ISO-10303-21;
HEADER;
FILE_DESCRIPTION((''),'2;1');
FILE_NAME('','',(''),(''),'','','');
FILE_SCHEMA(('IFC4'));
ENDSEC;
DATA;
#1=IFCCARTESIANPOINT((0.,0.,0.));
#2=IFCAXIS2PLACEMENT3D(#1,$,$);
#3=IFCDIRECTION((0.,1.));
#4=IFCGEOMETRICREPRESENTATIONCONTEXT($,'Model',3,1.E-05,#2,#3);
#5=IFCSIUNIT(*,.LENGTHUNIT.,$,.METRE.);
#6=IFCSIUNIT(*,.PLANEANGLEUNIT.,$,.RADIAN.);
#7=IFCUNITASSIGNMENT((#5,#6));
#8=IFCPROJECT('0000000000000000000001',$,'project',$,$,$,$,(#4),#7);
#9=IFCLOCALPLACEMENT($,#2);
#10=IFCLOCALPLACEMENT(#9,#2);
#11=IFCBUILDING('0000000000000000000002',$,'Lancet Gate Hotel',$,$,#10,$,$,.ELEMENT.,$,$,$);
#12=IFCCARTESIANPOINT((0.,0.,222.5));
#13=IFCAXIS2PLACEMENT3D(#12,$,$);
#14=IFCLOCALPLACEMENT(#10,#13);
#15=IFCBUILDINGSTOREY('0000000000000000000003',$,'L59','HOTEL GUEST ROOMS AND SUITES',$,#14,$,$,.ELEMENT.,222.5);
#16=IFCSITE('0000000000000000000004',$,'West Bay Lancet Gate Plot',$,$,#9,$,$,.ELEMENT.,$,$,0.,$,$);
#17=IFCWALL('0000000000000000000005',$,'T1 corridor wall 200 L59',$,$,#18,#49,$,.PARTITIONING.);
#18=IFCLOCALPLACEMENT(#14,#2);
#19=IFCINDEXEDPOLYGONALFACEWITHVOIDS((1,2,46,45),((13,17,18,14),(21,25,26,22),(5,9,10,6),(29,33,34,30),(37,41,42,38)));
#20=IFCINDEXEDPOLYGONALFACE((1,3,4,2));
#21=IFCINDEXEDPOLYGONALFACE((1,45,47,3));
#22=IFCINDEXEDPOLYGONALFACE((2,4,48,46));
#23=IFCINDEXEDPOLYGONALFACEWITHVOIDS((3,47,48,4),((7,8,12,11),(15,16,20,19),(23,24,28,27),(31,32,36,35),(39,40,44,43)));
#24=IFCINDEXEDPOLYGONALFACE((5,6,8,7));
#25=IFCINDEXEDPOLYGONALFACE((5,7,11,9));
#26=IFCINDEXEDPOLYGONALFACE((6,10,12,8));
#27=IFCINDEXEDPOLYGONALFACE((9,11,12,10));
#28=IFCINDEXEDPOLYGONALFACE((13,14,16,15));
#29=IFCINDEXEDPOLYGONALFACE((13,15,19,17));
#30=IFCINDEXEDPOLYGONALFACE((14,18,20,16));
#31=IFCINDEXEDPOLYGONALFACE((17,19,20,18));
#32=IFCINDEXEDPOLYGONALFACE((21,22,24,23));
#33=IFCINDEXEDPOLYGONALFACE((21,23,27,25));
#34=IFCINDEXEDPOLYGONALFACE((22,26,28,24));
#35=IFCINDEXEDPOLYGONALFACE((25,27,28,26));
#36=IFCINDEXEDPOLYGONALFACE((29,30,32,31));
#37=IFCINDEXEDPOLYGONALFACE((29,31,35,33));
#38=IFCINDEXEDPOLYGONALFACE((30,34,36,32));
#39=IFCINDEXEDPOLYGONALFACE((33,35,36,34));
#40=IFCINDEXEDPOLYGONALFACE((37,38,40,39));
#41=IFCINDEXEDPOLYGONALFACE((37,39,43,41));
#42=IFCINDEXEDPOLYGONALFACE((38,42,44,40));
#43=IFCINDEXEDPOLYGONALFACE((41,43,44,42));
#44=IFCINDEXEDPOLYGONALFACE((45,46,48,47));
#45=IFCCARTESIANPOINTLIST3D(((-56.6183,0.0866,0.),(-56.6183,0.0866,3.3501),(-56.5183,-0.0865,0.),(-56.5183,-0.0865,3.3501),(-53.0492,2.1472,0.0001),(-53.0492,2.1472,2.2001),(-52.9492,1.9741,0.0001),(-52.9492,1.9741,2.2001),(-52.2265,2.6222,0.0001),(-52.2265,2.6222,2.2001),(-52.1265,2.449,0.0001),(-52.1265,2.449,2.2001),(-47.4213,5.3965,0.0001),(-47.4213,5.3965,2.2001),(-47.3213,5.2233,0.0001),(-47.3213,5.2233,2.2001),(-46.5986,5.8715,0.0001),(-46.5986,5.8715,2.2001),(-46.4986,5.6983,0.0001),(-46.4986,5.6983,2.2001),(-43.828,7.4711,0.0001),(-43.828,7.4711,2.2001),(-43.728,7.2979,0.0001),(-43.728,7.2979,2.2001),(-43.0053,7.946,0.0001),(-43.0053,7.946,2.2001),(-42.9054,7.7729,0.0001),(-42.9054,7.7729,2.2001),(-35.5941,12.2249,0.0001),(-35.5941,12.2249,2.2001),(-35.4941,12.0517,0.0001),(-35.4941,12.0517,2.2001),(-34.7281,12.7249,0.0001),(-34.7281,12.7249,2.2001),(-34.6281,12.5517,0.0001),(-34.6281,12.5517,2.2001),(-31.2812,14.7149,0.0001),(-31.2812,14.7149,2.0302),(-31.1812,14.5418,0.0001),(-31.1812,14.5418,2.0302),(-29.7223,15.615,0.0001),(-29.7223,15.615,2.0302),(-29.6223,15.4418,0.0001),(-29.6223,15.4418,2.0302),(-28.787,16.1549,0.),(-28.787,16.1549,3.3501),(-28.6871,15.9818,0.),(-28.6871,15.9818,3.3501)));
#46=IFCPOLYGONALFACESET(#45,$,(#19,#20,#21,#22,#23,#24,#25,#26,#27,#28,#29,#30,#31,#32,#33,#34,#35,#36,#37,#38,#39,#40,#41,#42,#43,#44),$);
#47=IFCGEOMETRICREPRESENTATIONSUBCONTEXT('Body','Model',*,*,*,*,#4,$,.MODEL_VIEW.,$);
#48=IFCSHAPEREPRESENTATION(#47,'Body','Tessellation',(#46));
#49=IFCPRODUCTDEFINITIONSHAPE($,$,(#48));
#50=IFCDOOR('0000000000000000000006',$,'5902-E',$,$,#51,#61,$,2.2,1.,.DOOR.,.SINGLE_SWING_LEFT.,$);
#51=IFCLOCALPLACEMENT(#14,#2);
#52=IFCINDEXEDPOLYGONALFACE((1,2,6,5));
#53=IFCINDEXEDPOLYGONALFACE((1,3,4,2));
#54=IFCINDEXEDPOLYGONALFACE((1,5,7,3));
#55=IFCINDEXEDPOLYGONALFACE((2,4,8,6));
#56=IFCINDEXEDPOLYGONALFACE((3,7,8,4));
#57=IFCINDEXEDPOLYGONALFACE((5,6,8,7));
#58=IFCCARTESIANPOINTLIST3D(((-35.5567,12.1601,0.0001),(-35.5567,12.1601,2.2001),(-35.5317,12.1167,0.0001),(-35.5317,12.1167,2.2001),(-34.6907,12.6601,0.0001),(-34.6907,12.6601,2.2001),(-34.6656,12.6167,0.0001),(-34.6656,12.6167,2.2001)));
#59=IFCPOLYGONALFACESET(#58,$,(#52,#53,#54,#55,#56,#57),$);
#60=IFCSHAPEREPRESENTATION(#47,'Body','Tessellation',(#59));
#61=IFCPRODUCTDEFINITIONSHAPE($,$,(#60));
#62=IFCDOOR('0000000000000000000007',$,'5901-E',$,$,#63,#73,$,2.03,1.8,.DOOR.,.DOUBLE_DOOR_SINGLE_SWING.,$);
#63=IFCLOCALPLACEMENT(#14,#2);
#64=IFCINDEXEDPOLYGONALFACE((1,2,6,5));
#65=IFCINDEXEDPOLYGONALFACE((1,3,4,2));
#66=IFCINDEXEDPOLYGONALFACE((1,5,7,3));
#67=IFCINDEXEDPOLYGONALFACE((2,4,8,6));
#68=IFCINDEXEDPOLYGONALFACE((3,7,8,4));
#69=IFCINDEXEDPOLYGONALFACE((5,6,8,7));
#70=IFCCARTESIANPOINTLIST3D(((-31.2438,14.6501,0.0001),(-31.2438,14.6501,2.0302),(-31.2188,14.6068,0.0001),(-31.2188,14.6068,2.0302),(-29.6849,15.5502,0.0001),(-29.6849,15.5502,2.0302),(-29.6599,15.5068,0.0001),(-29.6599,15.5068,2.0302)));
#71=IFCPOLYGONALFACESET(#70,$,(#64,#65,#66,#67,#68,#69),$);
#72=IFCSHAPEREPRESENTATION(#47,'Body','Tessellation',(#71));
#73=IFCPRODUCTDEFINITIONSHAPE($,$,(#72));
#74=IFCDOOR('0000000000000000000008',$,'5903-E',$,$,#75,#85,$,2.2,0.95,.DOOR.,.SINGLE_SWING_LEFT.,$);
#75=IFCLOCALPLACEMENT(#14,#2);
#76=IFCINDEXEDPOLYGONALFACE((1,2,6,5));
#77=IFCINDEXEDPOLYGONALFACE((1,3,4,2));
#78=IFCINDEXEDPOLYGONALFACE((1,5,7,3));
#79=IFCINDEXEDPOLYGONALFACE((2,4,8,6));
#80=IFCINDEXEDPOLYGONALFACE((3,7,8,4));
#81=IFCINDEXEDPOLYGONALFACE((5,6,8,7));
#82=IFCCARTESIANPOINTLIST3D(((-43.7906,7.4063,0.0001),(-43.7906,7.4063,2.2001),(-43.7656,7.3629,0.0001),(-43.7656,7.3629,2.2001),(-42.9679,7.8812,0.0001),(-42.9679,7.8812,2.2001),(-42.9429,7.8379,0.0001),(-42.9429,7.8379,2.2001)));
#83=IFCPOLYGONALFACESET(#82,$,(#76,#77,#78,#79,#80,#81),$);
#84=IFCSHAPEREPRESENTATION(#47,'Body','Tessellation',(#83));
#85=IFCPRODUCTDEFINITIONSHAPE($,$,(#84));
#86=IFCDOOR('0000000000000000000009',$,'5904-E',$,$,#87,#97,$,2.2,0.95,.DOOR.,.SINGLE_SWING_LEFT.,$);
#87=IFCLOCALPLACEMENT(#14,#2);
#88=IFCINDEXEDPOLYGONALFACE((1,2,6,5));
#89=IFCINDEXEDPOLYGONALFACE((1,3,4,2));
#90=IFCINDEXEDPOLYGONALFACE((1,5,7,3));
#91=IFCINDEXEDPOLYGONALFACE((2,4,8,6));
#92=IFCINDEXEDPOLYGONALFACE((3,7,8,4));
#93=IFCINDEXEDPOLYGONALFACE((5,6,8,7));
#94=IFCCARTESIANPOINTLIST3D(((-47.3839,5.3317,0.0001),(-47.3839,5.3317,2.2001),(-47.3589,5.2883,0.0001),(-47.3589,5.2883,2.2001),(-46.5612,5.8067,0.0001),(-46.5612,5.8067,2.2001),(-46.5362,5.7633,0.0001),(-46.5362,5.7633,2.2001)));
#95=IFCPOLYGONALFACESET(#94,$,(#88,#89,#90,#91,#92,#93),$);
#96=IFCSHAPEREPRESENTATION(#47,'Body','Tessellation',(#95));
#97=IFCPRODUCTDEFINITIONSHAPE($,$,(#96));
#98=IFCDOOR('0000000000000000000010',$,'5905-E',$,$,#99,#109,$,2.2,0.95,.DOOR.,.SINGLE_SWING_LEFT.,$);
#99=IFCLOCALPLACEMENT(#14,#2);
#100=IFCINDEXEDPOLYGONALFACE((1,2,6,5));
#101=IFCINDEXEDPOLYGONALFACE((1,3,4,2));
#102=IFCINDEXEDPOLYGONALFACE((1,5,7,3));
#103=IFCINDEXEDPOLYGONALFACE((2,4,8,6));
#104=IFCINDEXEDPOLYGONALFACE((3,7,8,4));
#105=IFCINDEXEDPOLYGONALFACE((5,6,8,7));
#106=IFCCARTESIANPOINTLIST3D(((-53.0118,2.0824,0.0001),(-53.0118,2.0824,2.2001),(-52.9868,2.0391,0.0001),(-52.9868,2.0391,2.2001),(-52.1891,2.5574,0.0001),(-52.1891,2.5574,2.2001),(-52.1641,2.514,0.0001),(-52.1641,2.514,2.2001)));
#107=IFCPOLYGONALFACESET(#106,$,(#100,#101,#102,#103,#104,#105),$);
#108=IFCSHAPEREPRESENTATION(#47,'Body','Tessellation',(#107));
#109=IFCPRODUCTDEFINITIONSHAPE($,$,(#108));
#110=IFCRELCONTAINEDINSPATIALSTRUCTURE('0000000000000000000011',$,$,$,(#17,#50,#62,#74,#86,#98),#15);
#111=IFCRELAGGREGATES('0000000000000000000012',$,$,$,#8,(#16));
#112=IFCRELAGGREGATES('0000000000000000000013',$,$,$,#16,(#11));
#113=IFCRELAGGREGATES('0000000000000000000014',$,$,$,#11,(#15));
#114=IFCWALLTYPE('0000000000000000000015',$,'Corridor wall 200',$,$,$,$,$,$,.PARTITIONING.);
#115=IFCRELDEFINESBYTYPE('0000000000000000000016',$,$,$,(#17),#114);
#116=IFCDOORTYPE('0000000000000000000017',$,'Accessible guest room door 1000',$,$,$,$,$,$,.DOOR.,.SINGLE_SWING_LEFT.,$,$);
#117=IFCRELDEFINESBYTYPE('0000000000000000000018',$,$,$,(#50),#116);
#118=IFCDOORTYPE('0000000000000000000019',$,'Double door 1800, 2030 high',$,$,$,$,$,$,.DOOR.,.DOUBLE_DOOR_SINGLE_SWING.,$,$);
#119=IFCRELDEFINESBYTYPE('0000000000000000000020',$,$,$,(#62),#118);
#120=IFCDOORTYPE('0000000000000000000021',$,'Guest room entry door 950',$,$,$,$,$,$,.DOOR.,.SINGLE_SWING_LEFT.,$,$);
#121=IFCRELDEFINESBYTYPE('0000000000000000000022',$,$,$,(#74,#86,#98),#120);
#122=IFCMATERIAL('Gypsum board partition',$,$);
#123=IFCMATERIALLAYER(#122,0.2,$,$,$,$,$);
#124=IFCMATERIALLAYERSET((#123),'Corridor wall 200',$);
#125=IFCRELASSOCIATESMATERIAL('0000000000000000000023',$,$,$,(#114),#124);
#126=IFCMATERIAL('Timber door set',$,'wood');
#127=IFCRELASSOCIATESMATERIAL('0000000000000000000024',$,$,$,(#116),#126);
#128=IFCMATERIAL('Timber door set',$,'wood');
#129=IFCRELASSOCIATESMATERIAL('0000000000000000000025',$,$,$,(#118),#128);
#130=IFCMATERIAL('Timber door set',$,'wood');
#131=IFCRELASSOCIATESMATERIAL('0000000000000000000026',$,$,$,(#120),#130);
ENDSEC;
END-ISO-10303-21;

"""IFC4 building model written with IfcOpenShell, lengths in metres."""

from ifc_helpers import new_model, si_unit, direction, frame, frame_2d, origin, place, context, subcontext, project, spatial, rectangle, extrude, material, layer, layer_set, type_object, element, fill, save


model = new_model("IFC4")

# Units and contexts
model_context = context("Model", 3, precision=1e-05, world=origin(), true_north=direction((0.0, 1.0)))
body_context = subcontext(model_context, "Body", "Model", "MODEL_VIEW")
ifc_project = project(units=[si_unit("LENGTHUNIT", "METRE"), si_unit("PLANEANGLEUNIT", "RADIAN")], contexts=[model_context])

# Site, building, storey
site_placement = place(None, origin())
site = spatial("IfcSite", under=ifc_project, at=site_placement, Name="West Bay Lancet Gate Plot", CompositionType="ELEMENT", RefElevation=0.0)
building_placement = place(site_placement, origin())
building = spatial("IfcBuilding", under=site, at=building_placement, Name="Lancet Gate Hotel", CompositionType="ELEMENT")
storey_placement = place(building_placement, frame((0.0, 0.0, 222.5)))
storey = spatial("IfcBuildingStorey", under=building, at=storey_placement, Name="L59", Description="HOTEL GUEST ROOMS AND SUITES", CompositionType="ELEMENT", Elevation=222.5)

# Wall, openings, doors
ifc_material_1 = material(Name="Gypsum board partition")
ifc_layer_1 = layer(ifc_material_1, 0.2)
ifc_layer_set_1 = layer_set([ifc_layer_1], Name="Corridor wall 200")
wall_type_1 = type_object("IfcWallType", Name="Corridor wall 200", PredefinedType="PARTITIONING", material=ifc_layer_set_1)
wall_1_placement = place(storey_placement, frame((-28.7371, 16.0684, 0.0), z_axis=(0.0, 0.0, 1.0), x_axis=(-0.866026, -0.499999, 0.0)))
wall_1 = element("IfcWall", 1, at=wall_1_placement, inside=storey, type_object=wall_type_1, Name="T1 corridor wall 200 L59", PredefinedType="PARTITIONING", context=body_context, shape_type="SweptSolid", body=[
    extrude(rectangle(XDim=32.1367, YDim=0.2, at=frame_2d((16.0684, 0.0))), origin(), (0.0, 0.0, 1.0), 3.3501),
])
opening_1_placement = place(wall_1_placement, frame((1.0801, 0.0, 0.0)))
opening_1 = element("IfcOpeningElement", 2, at=opening_1_placement, cuts=wall_1, PredefinedType="OPENING", context=body_context, shape_type="SweptSolid", body=[
    extrude(rectangle(XDim=1.8, YDim=2.03, at=frame_2d((0.8999, 1.0151))), frame((0.0, 0.1099, 0.0), z_axis=(0.0, -1.0, 0.0), x_axis=(1.0, 0.0, 0.0)), (0.0, 0.0, 1.0), 0.22),
])
opening_2_placement = place(wall_1_placement, frame((6.8601, 0.0, 0.0)))
opening_2 = element("IfcOpeningElement", 3, at=opening_2_placement, cuts=wall_1, PredefinedType="OPENING", context=body_context, shape_type="SweptSolid", body=[
    extrude(rectangle(XDim=1.0, YDim=2.2, at=frame_2d((0.5, 1.1001))), frame((0.0, 0.1099, 0.0), z_axis=(0.0, -1.0, 0.0), x_axis=(1.0, 0.0, 0.0)), (0.0, 0.0, 1.0), 0.22),
])
opening_3_placement = place(wall_1_placement, frame((16.4177, 0.0, 0.0)))
opening_3 = element("IfcOpeningElement", 4, at=opening_3_placement, cuts=wall_1, PredefinedType="OPENING", context=body_context, shape_type="SweptSolid", body=[
    extrude(rectangle(XDim=0.95, YDim=2.2, at=frame_2d((0.4751, 1.1001))), frame((0.0, 0.1099, 0.0), z_axis=(0.0, -1.0, 0.0), x_axis=(1.0, 0.0, 0.0)), (0.0, 0.0, 1.0), 0.22),
])
opening_4_placement = place(wall_1_placement, frame((20.5669, 0.0, 0.0)))
opening_4 = element("IfcOpeningElement", 5, at=opening_4_placement, cuts=wall_1, PredefinedType="OPENING", context=body_context, shape_type="SweptSolid", body=[
    extrude(rectangle(XDim=0.95, YDim=2.2, at=frame_2d((0.4751, 1.1001))), frame((0.0, 0.1099, 0.0), z_axis=(0.0, -1.0, 0.0), x_axis=(1.0, 0.0, 0.0)), (0.0, 0.0, 1.0), 0.22),
])
opening_5_placement = place(wall_1_placement, frame((27.0654, 0.0, 0.0)))
opening_5 = element("IfcOpeningElement", 6, at=opening_5_placement, cuts=wall_1, PredefinedType="OPENING", context=body_context, shape_type="SweptSolid", body=[
    extrude(rectangle(XDim=0.95, YDim=2.2, at=frame_2d((0.4751, 1.1001))), frame((0.0, 0.1099, 0.0), z_axis=(0.0, -1.0, 0.0), x_axis=(1.0, 0.0, 0.0)), (0.0, 0.0, 1.0), 0.22),
])
ifc_material_2 = material(Name="Timber door set", Category="wood")
door_type_1 = type_object("IfcDoorType", Name="Accessible guest room door 1000", OperationType="SINGLE_SWING_LEFT", PredefinedType="DOOR", material=ifc_material_2)
door_1_placement = place(opening_2_placement, origin())
door_1 = element("IfcDoor", 7, at=door_1_placement, inside=storey, type_object=door_type_1, Name="5902-E", OperationType="SINGLE_SWING_LEFT", OverallHeight=2.2, OverallWidth=1.0, PredefinedType="DOOR", context=body_context, shape_type="SweptSolid", body=[
    extrude(rectangle(XDim=1.0, YDim=2.2, at=frame_2d((0.5, 1.1001))), frame((0.0, 0.0249, 0.0), z_axis=(0.0, -1.0, 0.0), x_axis=(1.0, 0.0, 0.0)), (0.0, 0.0, 1.0), 0.05),
])
fill(opening_2, door_1)
ifc_material_3 = material(Name="Timber door set", Category="wood")
door_type_2 = type_object("IfcDoorType", Name="Double door 1800, 2030 high", OperationType="DOUBLE_DOOR_SINGLE_SWING", PredefinedType="DOOR", material=ifc_material_3)
door_2_placement = place(opening_1_placement, origin())
door_2 = element("IfcDoor", 8, at=door_2_placement, inside=storey, type_object=door_type_2, Name="5901-E", OperationType="DOUBLE_DOOR_SINGLE_SWING", OverallHeight=2.03, OverallWidth=1.8, PredefinedType="DOOR", context=body_context, shape_type="SweptSolid", body=[
    extrude(rectangle(XDim=1.8, YDim=2.03, at=frame_2d((0.8999, 1.0151))), frame((0.0, 0.0249, 0.0), z_axis=(0.0, -1.0, 0.0), x_axis=(1.0, 0.0, 0.0)), (0.0, 0.0, 1.0), 0.05),
])
fill(opening_1, door_2)
ifc_material_4 = material(Name="Timber door set", Category="wood")
door_type_3 = type_object("IfcDoorType", Name="Guest room entry door 950", OperationType="SINGLE_SWING_LEFT", PredefinedType="DOOR", material=ifc_material_4)
door_3_placement = place(opening_3_placement, origin())
door_3 = element("IfcDoor", 9, at=door_3_placement, inside=storey, type_object=door_type_3, Name="5903-E", OperationType="SINGLE_SWING_LEFT", OverallHeight=2.2, OverallWidth=0.95, PredefinedType="DOOR", context=body_context, shape_type="SweptSolid", body=[
    extrude(rectangle(XDim=0.95, YDim=2.2, at=frame_2d((0.4751, 1.1001))), frame((0.0, 0.0249, 0.0), z_axis=(0.0, -1.0, 0.0), x_axis=(1.0, 0.0, 0.0)), (0.0, 0.0, 1.0), 0.05),
])
fill(opening_3, door_3)
door_4_placement = place(opening_4_placement, origin())
door_4 = element("IfcDoor", 10, at=door_4_placement, inside=storey, type_object=door_type_3, Name="5904-E", OperationType="SINGLE_SWING_LEFT", OverallHeight=2.2, OverallWidth=0.95, PredefinedType="DOOR", context=body_context, shape_type="SweptSolid", body=[
    extrude(rectangle(XDim=0.95, YDim=2.2, at=frame_2d((0.4751, 1.1001))), frame((0.0, 0.0249, 0.0), z_axis=(0.0, -1.0, 0.0), x_axis=(1.0, 0.0, 0.0)), (0.0, 0.0, 1.0), 0.05),
])
fill(opening_4, door_4)
door_5_placement = place(opening_5_placement, origin())
door_5 = element("IfcDoor", 11, at=door_5_placement, inside=storey, type_object=door_type_3, Name="5905-E", OperationType="SINGLE_SWING_LEFT", OverallHeight=2.2, OverallWidth=0.95, PredefinedType="DOOR", context=body_context, shape_type="SweptSolid", body=[
    extrude(rectangle(XDim=0.95, YDim=2.2, at=frame_2d((0.4751, 1.1001))), frame((0.0, 0.0249, 0.0), z_axis=(0.0, -1.0, 0.0), x_axis=(1.0, 0.0, 0.0)), (0.0, 0.0, 1.0), 0.05),
])
fill(opening_5, door_5)

save(model, "model.ifc")
